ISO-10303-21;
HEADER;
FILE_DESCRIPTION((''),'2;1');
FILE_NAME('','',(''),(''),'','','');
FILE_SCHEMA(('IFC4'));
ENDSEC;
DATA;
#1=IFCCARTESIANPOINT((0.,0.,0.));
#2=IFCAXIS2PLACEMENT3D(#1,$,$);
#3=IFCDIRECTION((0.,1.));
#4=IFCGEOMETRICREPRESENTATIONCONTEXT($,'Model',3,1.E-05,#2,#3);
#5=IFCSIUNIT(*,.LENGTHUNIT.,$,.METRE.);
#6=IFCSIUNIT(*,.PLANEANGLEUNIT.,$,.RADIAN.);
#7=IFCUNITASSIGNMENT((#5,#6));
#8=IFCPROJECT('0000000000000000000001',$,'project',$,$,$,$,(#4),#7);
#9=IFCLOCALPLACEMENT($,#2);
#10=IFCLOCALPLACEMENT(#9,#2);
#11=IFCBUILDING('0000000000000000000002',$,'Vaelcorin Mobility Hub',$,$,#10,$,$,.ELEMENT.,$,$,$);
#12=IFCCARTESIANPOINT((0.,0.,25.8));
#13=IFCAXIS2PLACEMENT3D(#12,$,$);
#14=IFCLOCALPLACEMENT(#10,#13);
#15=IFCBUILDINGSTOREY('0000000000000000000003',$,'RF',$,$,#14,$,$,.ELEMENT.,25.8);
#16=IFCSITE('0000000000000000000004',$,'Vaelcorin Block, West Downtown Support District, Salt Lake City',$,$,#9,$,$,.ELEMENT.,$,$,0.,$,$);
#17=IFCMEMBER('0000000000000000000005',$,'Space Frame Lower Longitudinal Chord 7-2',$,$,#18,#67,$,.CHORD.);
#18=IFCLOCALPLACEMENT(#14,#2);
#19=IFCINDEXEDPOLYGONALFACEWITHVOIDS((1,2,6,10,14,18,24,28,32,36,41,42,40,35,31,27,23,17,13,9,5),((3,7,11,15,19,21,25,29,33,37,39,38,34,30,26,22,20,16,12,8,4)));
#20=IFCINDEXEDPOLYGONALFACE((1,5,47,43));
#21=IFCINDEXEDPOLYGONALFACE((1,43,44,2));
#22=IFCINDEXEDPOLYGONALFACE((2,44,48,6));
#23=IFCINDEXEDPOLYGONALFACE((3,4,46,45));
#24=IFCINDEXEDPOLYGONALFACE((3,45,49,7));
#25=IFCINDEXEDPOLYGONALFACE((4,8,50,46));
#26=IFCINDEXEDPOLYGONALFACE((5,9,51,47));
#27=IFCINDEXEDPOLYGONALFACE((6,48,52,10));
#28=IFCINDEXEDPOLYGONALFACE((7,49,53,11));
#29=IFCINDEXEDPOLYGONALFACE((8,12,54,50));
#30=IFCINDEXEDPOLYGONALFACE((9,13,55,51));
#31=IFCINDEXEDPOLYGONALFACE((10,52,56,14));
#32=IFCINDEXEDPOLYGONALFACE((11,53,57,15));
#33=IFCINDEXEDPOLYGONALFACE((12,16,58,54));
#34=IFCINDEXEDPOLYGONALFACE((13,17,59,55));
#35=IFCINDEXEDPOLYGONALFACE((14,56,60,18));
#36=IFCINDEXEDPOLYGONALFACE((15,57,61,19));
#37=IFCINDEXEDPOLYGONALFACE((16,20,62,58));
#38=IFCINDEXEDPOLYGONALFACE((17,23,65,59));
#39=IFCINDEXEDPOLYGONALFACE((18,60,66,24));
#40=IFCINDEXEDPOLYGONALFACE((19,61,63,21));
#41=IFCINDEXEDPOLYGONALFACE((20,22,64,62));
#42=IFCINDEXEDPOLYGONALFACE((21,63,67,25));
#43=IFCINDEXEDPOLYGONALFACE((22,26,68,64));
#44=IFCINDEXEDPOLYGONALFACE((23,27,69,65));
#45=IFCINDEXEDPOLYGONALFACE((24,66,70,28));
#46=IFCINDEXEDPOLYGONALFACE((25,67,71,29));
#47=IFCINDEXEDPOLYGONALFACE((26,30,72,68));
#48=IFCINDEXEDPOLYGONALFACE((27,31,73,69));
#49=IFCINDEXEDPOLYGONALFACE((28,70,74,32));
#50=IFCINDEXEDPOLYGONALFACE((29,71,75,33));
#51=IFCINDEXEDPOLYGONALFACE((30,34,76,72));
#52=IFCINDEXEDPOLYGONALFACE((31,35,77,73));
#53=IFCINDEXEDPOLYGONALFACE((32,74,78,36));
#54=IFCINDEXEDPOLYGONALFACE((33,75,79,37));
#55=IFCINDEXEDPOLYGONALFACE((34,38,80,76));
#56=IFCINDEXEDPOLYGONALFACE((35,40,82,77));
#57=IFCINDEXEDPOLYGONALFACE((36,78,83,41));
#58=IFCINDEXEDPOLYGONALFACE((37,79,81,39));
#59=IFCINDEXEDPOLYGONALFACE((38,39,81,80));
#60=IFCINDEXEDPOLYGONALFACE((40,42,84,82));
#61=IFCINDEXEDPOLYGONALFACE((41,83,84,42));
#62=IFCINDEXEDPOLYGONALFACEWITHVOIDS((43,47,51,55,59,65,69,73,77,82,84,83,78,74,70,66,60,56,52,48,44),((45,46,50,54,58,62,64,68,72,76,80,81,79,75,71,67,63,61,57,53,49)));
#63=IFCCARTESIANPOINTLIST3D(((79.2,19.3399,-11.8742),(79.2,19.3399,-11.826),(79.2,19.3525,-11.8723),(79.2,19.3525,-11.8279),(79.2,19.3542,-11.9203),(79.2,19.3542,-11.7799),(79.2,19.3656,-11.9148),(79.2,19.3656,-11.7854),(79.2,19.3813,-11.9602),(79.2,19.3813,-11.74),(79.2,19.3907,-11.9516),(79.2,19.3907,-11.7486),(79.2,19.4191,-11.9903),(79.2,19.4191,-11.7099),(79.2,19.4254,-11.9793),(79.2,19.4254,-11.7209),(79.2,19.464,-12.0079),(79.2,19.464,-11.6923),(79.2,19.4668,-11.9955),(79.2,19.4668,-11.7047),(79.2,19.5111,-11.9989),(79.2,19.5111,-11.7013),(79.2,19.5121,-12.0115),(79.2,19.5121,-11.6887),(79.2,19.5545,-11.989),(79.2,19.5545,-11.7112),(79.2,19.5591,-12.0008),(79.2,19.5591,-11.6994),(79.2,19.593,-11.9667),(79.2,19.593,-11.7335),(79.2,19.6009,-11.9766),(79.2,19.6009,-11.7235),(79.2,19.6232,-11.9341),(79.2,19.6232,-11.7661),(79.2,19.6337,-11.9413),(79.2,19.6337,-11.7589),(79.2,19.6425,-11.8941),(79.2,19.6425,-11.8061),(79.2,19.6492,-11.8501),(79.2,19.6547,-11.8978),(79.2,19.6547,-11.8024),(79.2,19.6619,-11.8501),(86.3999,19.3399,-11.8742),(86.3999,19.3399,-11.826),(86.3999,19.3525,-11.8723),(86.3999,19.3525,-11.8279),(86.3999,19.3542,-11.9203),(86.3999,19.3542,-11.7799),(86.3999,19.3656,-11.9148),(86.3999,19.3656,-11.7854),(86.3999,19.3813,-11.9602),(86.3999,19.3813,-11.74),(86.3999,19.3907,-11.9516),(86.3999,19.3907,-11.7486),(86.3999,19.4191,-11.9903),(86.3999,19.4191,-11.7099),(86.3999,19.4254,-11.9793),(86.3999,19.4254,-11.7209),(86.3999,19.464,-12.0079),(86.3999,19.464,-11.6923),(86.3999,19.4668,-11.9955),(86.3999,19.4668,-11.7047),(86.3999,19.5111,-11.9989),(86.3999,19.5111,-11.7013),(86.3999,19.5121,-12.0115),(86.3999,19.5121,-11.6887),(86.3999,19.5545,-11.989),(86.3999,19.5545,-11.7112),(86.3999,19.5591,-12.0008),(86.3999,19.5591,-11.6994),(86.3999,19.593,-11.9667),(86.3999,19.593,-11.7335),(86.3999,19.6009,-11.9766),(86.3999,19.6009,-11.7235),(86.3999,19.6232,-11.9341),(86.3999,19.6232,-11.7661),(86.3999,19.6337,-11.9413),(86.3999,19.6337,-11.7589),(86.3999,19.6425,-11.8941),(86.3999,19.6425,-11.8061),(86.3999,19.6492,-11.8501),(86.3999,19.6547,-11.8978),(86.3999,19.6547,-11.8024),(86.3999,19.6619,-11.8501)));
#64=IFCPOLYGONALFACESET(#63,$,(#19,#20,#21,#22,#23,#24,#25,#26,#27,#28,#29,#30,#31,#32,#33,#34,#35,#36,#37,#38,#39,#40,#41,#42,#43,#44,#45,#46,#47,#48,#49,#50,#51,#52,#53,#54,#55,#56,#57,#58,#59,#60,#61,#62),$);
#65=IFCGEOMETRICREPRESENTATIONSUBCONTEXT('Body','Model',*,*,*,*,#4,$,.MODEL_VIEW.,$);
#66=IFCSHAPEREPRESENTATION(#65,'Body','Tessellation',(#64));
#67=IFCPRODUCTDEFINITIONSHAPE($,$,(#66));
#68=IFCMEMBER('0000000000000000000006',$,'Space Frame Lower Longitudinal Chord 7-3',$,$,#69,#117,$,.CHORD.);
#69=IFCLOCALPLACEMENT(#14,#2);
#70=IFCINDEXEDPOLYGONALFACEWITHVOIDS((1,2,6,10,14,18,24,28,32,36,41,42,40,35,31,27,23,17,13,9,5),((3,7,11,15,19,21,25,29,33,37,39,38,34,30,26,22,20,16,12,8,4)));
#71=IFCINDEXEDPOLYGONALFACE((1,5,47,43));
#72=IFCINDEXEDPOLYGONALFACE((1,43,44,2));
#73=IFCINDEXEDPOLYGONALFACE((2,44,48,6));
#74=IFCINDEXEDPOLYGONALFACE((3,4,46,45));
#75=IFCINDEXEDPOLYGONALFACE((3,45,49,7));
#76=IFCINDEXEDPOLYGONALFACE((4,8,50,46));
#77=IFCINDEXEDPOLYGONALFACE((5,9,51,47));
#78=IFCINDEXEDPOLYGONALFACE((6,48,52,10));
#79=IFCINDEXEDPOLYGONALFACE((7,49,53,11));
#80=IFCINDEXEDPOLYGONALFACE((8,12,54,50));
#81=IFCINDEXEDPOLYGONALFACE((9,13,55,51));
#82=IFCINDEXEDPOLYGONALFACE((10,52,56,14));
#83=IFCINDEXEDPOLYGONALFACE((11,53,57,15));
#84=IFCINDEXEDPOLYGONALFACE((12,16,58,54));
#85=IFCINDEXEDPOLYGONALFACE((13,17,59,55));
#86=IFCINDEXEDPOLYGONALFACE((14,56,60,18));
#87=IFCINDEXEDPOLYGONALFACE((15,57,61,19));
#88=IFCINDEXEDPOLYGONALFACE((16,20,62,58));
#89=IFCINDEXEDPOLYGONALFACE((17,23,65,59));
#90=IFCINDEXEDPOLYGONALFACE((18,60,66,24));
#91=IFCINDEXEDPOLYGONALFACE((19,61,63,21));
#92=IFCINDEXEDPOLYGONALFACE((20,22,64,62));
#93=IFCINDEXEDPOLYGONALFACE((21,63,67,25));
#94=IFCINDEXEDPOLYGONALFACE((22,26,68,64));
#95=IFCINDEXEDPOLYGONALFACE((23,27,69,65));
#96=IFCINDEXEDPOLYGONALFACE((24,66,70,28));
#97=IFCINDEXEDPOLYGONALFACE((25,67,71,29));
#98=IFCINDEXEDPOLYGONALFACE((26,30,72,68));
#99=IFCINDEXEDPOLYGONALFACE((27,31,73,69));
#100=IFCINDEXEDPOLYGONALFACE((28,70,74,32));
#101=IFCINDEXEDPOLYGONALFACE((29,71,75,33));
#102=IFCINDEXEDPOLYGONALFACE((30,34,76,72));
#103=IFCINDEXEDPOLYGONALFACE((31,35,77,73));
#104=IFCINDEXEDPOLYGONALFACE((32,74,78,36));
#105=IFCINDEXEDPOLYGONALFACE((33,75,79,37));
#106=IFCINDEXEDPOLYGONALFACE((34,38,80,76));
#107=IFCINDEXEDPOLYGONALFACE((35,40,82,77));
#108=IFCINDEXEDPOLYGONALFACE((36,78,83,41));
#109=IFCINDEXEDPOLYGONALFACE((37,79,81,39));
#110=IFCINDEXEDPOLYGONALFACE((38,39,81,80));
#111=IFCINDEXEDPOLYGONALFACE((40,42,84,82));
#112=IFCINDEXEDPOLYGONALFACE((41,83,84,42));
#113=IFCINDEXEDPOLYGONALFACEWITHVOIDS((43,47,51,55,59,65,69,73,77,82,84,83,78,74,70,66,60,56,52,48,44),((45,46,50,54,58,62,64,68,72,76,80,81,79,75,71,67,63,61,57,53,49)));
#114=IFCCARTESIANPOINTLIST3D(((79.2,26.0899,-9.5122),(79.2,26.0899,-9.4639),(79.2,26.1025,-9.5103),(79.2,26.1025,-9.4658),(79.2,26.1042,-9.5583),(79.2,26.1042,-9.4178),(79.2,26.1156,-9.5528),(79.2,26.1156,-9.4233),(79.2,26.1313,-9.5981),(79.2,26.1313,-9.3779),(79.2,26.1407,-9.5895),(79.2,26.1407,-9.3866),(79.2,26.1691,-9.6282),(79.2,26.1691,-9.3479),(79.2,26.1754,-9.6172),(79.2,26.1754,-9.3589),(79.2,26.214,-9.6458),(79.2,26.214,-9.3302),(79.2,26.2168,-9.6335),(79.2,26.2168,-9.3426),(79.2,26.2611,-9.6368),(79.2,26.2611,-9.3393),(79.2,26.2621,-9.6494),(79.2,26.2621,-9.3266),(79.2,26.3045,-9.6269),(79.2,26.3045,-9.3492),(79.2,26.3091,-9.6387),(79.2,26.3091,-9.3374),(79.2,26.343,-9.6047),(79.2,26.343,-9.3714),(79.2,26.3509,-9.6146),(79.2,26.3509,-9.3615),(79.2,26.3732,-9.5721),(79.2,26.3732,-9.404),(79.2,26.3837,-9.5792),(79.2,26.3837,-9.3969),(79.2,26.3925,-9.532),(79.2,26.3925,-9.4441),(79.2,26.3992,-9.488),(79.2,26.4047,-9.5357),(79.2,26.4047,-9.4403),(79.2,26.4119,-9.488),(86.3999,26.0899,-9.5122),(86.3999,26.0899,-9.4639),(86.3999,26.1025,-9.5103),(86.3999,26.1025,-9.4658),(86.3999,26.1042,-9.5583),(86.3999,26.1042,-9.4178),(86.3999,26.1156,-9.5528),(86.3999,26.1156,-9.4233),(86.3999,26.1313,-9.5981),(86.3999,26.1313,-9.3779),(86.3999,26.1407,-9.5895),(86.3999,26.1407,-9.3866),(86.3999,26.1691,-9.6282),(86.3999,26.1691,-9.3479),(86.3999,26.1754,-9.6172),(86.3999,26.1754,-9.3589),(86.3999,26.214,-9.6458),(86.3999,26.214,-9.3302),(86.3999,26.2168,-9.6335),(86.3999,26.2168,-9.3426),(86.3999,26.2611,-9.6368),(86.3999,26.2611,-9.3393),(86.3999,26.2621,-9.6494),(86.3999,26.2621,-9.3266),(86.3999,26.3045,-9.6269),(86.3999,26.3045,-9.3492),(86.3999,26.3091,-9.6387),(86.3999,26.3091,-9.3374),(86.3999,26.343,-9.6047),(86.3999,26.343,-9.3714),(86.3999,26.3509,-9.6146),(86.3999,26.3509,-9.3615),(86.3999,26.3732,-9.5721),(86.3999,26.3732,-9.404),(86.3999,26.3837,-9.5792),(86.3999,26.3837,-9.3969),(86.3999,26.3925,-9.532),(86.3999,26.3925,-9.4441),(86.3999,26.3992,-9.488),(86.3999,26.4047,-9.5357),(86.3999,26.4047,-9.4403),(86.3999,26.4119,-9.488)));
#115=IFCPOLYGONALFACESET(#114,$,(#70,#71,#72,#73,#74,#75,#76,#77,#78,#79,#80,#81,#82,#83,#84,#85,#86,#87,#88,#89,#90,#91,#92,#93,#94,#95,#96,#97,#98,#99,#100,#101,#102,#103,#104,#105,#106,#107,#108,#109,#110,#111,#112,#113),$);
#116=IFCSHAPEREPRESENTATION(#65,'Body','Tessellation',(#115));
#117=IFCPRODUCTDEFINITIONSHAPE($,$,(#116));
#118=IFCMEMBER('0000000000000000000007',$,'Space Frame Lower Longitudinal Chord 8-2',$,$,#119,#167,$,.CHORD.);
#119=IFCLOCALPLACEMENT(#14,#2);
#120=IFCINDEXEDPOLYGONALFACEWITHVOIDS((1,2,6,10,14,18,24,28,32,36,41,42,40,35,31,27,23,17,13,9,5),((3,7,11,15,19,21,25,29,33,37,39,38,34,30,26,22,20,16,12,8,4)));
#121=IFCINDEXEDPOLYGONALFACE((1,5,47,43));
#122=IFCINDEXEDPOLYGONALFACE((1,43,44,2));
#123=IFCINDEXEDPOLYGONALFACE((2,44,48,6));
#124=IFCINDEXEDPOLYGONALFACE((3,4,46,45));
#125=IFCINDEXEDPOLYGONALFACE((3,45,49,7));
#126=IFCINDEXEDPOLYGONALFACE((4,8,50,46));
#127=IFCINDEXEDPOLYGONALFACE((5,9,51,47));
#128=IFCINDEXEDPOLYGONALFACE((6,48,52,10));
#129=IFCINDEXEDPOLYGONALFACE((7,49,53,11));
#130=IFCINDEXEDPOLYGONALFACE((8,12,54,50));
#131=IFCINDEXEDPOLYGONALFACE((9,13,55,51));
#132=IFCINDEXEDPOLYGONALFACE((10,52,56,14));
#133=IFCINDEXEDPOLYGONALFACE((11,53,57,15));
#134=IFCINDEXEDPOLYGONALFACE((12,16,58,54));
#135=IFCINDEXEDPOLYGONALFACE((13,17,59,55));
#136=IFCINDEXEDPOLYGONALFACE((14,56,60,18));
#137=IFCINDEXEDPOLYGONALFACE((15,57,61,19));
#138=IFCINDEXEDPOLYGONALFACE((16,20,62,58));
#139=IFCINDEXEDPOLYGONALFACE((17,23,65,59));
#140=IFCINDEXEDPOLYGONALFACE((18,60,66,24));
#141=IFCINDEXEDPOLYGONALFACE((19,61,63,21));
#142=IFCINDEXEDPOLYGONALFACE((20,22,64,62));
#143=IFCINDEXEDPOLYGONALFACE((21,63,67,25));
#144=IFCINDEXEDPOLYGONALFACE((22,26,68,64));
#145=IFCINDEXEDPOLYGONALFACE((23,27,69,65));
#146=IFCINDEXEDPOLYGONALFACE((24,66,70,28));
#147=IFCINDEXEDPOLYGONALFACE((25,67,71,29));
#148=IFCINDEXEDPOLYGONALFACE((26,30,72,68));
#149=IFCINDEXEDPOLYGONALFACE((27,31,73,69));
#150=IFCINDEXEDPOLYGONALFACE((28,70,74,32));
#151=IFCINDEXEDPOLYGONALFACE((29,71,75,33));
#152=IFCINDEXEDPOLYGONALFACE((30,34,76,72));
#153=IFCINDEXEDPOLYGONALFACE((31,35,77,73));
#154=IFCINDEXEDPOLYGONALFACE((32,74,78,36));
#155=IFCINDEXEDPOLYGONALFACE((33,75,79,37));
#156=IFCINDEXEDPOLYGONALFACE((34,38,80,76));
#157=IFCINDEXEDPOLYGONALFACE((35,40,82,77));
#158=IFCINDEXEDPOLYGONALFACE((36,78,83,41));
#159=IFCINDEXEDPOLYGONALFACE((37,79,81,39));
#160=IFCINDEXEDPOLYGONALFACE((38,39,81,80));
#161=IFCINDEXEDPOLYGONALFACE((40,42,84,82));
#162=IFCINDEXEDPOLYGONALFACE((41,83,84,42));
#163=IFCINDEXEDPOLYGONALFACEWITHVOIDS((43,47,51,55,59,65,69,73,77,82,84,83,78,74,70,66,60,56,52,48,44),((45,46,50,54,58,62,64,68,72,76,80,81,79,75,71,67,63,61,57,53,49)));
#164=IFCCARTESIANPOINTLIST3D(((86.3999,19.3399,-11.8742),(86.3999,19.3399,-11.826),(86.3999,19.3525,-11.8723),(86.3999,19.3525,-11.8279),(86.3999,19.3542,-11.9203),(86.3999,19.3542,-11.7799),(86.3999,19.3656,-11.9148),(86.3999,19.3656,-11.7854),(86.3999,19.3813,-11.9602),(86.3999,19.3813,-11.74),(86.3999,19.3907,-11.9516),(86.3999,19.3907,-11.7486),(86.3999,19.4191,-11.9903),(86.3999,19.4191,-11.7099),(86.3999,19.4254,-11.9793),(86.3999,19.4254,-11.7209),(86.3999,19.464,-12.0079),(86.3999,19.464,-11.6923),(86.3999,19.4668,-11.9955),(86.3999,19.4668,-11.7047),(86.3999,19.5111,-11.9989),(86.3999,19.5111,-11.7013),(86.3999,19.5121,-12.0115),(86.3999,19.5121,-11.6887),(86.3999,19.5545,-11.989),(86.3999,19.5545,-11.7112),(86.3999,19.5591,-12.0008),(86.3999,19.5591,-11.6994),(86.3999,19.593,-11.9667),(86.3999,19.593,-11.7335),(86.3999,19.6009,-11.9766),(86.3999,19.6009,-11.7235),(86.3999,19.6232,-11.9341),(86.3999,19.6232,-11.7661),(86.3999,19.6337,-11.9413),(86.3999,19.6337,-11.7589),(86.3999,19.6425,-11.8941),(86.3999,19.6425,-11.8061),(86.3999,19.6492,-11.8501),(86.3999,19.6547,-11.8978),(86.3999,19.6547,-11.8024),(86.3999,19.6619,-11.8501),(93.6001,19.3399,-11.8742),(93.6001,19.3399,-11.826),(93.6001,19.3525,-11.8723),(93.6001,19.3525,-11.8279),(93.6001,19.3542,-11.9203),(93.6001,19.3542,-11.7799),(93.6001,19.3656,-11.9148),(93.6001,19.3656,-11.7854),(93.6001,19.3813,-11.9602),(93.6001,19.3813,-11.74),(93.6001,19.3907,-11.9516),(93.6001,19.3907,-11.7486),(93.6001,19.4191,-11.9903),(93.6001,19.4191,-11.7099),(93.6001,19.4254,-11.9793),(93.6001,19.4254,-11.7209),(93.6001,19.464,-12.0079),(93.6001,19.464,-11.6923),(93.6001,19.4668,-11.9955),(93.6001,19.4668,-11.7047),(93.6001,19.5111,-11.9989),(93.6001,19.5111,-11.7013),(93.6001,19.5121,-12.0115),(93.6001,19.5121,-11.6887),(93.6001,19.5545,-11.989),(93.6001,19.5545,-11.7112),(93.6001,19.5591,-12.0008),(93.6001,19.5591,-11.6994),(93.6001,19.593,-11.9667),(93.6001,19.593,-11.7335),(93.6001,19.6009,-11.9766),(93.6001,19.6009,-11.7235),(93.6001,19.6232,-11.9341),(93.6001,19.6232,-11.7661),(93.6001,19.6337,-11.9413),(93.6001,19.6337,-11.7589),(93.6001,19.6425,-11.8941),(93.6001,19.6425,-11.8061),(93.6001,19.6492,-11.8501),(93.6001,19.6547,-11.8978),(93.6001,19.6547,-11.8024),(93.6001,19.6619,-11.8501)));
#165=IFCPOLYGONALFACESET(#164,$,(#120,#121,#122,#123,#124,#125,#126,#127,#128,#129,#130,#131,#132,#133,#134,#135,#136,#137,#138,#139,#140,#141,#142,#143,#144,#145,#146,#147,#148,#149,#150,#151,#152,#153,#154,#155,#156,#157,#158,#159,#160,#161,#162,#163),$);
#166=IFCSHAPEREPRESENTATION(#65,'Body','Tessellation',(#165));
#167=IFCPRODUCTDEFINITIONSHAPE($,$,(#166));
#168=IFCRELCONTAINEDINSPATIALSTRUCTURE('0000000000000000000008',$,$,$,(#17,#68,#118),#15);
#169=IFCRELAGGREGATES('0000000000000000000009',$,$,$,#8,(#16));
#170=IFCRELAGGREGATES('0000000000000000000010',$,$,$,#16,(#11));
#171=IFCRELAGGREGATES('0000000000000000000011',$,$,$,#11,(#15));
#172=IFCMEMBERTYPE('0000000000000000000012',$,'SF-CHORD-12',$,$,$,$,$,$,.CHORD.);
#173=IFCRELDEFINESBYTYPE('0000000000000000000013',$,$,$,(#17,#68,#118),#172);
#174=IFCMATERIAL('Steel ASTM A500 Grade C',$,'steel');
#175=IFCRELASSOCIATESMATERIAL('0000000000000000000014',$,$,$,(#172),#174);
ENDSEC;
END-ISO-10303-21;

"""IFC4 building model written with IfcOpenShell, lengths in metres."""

from ifc_helpers import new_model, si_unit, direction, frame, origin, origin_2d, place, context, subcontext, project, spatial, hollow_circle, extrude, material, material_profile, profile_set, type_object, element, save


model = new_model("IFC4")

# Units and contexts
model_context = context("Model", 3, precision=1e-05, world=origin(), true_north=direction((0.0, 1.0)))
body_context = subcontext(model_context, "Body", "Model", "MODEL_VIEW")
ifc_project = project(units=[si_unit("LENGTHUNIT", "METRE"), si_unit("PLANEANGLEUNIT", "RADIAN")], contexts=[model_context])

# Site, building, storey
site_placement = place(None, origin())
site = spatial("IfcSite", under=ifc_project, at=site_placement, Name="Vaelcorin Block, West Downtown Support District, Salt Lake City", CompositionType="ELEMENT", RefElevation=0.0)
building_placement = place(site_placement, origin())
building = spatial("IfcBuilding", under=site, at=building_placement, Name="Vaelcorin Mobility Hub", CompositionType="ELEMENT")
storey_placement = place(building_placement, frame((0.0, 0.0, 25.8)))
storey = spatial("IfcBuildingStorey", under=building, at=storey_placement, Name="RF", CompositionType="ELEMENT", Elevation=25.8)

# Members
ifc_material_1 = material(Name="Steel ASTM A500 Grade C", Category="steel")
ifc_material_profile_1 = material_profile(ifc_material_1, hollow_circle(Radius=0.1619, WallThickness=0.0127, at=origin_2d()), Name="HSS12.750X0.500")
ifc_profile_set_1 = profile_set([ifc_material_profile_1], Name="Steel ASTM A500 Grade C")
member_type_1 = type_object("IfcMemberType", Name="SF-CHORD-12", PredefinedType="CHORD", material=ifc_profile_set_1)
for number, where, z_axis, x_axis, name in (
    (1, (79.2, 19.5, -11.8501), (1.0, 0.0, 0.0), (0.0, 1.0, 0.0), "Space Frame Lower Longitudinal Chord 7-2"),
    (2, (79.2, 26.25, -9.488), (1.0, 0.0, 0.0), (0.0, 1.0, 0.0), "Space Frame Lower Longitudinal Chord 7-3"),
):
    element("IfcMember", number, at=place(storey_placement, frame(where, z_axis=z_axis, x_axis=x_axis)), inside=storey, type_object=member_type_1, Name=name, PredefinedType="CHORD", context=body_context, shape_type="SweptSolid", body=[
        extrude(hollow_circle(Radius=0.1619, WallThickness=0.0127, at=origin_2d()), origin(), (0.0, 0.0, 1.0), 7.2),
    ])
member_1_placement = place(storey_placement, frame((86.3999, 19.5, -11.8501), z_axis=(1.0, 0.0, 0.0), x_axis=(0.0, 1.0, 0.0)))
element("IfcMember", 3, at=member_1_placement, inside=storey, type_object=member_type_1, Name="Space Frame Lower Longitudinal Chord 8-2", PredefinedType="CHORD", context=body_context, shape_type="SweptSolid", body=[
    extrude(hollow_circle(Radius=0.1619, WallThickness=0.0127, at=origin_2d()), origin(), (0.0, 0.0, 1.0), 7.2002),
])

save(model, "model.ifc")
